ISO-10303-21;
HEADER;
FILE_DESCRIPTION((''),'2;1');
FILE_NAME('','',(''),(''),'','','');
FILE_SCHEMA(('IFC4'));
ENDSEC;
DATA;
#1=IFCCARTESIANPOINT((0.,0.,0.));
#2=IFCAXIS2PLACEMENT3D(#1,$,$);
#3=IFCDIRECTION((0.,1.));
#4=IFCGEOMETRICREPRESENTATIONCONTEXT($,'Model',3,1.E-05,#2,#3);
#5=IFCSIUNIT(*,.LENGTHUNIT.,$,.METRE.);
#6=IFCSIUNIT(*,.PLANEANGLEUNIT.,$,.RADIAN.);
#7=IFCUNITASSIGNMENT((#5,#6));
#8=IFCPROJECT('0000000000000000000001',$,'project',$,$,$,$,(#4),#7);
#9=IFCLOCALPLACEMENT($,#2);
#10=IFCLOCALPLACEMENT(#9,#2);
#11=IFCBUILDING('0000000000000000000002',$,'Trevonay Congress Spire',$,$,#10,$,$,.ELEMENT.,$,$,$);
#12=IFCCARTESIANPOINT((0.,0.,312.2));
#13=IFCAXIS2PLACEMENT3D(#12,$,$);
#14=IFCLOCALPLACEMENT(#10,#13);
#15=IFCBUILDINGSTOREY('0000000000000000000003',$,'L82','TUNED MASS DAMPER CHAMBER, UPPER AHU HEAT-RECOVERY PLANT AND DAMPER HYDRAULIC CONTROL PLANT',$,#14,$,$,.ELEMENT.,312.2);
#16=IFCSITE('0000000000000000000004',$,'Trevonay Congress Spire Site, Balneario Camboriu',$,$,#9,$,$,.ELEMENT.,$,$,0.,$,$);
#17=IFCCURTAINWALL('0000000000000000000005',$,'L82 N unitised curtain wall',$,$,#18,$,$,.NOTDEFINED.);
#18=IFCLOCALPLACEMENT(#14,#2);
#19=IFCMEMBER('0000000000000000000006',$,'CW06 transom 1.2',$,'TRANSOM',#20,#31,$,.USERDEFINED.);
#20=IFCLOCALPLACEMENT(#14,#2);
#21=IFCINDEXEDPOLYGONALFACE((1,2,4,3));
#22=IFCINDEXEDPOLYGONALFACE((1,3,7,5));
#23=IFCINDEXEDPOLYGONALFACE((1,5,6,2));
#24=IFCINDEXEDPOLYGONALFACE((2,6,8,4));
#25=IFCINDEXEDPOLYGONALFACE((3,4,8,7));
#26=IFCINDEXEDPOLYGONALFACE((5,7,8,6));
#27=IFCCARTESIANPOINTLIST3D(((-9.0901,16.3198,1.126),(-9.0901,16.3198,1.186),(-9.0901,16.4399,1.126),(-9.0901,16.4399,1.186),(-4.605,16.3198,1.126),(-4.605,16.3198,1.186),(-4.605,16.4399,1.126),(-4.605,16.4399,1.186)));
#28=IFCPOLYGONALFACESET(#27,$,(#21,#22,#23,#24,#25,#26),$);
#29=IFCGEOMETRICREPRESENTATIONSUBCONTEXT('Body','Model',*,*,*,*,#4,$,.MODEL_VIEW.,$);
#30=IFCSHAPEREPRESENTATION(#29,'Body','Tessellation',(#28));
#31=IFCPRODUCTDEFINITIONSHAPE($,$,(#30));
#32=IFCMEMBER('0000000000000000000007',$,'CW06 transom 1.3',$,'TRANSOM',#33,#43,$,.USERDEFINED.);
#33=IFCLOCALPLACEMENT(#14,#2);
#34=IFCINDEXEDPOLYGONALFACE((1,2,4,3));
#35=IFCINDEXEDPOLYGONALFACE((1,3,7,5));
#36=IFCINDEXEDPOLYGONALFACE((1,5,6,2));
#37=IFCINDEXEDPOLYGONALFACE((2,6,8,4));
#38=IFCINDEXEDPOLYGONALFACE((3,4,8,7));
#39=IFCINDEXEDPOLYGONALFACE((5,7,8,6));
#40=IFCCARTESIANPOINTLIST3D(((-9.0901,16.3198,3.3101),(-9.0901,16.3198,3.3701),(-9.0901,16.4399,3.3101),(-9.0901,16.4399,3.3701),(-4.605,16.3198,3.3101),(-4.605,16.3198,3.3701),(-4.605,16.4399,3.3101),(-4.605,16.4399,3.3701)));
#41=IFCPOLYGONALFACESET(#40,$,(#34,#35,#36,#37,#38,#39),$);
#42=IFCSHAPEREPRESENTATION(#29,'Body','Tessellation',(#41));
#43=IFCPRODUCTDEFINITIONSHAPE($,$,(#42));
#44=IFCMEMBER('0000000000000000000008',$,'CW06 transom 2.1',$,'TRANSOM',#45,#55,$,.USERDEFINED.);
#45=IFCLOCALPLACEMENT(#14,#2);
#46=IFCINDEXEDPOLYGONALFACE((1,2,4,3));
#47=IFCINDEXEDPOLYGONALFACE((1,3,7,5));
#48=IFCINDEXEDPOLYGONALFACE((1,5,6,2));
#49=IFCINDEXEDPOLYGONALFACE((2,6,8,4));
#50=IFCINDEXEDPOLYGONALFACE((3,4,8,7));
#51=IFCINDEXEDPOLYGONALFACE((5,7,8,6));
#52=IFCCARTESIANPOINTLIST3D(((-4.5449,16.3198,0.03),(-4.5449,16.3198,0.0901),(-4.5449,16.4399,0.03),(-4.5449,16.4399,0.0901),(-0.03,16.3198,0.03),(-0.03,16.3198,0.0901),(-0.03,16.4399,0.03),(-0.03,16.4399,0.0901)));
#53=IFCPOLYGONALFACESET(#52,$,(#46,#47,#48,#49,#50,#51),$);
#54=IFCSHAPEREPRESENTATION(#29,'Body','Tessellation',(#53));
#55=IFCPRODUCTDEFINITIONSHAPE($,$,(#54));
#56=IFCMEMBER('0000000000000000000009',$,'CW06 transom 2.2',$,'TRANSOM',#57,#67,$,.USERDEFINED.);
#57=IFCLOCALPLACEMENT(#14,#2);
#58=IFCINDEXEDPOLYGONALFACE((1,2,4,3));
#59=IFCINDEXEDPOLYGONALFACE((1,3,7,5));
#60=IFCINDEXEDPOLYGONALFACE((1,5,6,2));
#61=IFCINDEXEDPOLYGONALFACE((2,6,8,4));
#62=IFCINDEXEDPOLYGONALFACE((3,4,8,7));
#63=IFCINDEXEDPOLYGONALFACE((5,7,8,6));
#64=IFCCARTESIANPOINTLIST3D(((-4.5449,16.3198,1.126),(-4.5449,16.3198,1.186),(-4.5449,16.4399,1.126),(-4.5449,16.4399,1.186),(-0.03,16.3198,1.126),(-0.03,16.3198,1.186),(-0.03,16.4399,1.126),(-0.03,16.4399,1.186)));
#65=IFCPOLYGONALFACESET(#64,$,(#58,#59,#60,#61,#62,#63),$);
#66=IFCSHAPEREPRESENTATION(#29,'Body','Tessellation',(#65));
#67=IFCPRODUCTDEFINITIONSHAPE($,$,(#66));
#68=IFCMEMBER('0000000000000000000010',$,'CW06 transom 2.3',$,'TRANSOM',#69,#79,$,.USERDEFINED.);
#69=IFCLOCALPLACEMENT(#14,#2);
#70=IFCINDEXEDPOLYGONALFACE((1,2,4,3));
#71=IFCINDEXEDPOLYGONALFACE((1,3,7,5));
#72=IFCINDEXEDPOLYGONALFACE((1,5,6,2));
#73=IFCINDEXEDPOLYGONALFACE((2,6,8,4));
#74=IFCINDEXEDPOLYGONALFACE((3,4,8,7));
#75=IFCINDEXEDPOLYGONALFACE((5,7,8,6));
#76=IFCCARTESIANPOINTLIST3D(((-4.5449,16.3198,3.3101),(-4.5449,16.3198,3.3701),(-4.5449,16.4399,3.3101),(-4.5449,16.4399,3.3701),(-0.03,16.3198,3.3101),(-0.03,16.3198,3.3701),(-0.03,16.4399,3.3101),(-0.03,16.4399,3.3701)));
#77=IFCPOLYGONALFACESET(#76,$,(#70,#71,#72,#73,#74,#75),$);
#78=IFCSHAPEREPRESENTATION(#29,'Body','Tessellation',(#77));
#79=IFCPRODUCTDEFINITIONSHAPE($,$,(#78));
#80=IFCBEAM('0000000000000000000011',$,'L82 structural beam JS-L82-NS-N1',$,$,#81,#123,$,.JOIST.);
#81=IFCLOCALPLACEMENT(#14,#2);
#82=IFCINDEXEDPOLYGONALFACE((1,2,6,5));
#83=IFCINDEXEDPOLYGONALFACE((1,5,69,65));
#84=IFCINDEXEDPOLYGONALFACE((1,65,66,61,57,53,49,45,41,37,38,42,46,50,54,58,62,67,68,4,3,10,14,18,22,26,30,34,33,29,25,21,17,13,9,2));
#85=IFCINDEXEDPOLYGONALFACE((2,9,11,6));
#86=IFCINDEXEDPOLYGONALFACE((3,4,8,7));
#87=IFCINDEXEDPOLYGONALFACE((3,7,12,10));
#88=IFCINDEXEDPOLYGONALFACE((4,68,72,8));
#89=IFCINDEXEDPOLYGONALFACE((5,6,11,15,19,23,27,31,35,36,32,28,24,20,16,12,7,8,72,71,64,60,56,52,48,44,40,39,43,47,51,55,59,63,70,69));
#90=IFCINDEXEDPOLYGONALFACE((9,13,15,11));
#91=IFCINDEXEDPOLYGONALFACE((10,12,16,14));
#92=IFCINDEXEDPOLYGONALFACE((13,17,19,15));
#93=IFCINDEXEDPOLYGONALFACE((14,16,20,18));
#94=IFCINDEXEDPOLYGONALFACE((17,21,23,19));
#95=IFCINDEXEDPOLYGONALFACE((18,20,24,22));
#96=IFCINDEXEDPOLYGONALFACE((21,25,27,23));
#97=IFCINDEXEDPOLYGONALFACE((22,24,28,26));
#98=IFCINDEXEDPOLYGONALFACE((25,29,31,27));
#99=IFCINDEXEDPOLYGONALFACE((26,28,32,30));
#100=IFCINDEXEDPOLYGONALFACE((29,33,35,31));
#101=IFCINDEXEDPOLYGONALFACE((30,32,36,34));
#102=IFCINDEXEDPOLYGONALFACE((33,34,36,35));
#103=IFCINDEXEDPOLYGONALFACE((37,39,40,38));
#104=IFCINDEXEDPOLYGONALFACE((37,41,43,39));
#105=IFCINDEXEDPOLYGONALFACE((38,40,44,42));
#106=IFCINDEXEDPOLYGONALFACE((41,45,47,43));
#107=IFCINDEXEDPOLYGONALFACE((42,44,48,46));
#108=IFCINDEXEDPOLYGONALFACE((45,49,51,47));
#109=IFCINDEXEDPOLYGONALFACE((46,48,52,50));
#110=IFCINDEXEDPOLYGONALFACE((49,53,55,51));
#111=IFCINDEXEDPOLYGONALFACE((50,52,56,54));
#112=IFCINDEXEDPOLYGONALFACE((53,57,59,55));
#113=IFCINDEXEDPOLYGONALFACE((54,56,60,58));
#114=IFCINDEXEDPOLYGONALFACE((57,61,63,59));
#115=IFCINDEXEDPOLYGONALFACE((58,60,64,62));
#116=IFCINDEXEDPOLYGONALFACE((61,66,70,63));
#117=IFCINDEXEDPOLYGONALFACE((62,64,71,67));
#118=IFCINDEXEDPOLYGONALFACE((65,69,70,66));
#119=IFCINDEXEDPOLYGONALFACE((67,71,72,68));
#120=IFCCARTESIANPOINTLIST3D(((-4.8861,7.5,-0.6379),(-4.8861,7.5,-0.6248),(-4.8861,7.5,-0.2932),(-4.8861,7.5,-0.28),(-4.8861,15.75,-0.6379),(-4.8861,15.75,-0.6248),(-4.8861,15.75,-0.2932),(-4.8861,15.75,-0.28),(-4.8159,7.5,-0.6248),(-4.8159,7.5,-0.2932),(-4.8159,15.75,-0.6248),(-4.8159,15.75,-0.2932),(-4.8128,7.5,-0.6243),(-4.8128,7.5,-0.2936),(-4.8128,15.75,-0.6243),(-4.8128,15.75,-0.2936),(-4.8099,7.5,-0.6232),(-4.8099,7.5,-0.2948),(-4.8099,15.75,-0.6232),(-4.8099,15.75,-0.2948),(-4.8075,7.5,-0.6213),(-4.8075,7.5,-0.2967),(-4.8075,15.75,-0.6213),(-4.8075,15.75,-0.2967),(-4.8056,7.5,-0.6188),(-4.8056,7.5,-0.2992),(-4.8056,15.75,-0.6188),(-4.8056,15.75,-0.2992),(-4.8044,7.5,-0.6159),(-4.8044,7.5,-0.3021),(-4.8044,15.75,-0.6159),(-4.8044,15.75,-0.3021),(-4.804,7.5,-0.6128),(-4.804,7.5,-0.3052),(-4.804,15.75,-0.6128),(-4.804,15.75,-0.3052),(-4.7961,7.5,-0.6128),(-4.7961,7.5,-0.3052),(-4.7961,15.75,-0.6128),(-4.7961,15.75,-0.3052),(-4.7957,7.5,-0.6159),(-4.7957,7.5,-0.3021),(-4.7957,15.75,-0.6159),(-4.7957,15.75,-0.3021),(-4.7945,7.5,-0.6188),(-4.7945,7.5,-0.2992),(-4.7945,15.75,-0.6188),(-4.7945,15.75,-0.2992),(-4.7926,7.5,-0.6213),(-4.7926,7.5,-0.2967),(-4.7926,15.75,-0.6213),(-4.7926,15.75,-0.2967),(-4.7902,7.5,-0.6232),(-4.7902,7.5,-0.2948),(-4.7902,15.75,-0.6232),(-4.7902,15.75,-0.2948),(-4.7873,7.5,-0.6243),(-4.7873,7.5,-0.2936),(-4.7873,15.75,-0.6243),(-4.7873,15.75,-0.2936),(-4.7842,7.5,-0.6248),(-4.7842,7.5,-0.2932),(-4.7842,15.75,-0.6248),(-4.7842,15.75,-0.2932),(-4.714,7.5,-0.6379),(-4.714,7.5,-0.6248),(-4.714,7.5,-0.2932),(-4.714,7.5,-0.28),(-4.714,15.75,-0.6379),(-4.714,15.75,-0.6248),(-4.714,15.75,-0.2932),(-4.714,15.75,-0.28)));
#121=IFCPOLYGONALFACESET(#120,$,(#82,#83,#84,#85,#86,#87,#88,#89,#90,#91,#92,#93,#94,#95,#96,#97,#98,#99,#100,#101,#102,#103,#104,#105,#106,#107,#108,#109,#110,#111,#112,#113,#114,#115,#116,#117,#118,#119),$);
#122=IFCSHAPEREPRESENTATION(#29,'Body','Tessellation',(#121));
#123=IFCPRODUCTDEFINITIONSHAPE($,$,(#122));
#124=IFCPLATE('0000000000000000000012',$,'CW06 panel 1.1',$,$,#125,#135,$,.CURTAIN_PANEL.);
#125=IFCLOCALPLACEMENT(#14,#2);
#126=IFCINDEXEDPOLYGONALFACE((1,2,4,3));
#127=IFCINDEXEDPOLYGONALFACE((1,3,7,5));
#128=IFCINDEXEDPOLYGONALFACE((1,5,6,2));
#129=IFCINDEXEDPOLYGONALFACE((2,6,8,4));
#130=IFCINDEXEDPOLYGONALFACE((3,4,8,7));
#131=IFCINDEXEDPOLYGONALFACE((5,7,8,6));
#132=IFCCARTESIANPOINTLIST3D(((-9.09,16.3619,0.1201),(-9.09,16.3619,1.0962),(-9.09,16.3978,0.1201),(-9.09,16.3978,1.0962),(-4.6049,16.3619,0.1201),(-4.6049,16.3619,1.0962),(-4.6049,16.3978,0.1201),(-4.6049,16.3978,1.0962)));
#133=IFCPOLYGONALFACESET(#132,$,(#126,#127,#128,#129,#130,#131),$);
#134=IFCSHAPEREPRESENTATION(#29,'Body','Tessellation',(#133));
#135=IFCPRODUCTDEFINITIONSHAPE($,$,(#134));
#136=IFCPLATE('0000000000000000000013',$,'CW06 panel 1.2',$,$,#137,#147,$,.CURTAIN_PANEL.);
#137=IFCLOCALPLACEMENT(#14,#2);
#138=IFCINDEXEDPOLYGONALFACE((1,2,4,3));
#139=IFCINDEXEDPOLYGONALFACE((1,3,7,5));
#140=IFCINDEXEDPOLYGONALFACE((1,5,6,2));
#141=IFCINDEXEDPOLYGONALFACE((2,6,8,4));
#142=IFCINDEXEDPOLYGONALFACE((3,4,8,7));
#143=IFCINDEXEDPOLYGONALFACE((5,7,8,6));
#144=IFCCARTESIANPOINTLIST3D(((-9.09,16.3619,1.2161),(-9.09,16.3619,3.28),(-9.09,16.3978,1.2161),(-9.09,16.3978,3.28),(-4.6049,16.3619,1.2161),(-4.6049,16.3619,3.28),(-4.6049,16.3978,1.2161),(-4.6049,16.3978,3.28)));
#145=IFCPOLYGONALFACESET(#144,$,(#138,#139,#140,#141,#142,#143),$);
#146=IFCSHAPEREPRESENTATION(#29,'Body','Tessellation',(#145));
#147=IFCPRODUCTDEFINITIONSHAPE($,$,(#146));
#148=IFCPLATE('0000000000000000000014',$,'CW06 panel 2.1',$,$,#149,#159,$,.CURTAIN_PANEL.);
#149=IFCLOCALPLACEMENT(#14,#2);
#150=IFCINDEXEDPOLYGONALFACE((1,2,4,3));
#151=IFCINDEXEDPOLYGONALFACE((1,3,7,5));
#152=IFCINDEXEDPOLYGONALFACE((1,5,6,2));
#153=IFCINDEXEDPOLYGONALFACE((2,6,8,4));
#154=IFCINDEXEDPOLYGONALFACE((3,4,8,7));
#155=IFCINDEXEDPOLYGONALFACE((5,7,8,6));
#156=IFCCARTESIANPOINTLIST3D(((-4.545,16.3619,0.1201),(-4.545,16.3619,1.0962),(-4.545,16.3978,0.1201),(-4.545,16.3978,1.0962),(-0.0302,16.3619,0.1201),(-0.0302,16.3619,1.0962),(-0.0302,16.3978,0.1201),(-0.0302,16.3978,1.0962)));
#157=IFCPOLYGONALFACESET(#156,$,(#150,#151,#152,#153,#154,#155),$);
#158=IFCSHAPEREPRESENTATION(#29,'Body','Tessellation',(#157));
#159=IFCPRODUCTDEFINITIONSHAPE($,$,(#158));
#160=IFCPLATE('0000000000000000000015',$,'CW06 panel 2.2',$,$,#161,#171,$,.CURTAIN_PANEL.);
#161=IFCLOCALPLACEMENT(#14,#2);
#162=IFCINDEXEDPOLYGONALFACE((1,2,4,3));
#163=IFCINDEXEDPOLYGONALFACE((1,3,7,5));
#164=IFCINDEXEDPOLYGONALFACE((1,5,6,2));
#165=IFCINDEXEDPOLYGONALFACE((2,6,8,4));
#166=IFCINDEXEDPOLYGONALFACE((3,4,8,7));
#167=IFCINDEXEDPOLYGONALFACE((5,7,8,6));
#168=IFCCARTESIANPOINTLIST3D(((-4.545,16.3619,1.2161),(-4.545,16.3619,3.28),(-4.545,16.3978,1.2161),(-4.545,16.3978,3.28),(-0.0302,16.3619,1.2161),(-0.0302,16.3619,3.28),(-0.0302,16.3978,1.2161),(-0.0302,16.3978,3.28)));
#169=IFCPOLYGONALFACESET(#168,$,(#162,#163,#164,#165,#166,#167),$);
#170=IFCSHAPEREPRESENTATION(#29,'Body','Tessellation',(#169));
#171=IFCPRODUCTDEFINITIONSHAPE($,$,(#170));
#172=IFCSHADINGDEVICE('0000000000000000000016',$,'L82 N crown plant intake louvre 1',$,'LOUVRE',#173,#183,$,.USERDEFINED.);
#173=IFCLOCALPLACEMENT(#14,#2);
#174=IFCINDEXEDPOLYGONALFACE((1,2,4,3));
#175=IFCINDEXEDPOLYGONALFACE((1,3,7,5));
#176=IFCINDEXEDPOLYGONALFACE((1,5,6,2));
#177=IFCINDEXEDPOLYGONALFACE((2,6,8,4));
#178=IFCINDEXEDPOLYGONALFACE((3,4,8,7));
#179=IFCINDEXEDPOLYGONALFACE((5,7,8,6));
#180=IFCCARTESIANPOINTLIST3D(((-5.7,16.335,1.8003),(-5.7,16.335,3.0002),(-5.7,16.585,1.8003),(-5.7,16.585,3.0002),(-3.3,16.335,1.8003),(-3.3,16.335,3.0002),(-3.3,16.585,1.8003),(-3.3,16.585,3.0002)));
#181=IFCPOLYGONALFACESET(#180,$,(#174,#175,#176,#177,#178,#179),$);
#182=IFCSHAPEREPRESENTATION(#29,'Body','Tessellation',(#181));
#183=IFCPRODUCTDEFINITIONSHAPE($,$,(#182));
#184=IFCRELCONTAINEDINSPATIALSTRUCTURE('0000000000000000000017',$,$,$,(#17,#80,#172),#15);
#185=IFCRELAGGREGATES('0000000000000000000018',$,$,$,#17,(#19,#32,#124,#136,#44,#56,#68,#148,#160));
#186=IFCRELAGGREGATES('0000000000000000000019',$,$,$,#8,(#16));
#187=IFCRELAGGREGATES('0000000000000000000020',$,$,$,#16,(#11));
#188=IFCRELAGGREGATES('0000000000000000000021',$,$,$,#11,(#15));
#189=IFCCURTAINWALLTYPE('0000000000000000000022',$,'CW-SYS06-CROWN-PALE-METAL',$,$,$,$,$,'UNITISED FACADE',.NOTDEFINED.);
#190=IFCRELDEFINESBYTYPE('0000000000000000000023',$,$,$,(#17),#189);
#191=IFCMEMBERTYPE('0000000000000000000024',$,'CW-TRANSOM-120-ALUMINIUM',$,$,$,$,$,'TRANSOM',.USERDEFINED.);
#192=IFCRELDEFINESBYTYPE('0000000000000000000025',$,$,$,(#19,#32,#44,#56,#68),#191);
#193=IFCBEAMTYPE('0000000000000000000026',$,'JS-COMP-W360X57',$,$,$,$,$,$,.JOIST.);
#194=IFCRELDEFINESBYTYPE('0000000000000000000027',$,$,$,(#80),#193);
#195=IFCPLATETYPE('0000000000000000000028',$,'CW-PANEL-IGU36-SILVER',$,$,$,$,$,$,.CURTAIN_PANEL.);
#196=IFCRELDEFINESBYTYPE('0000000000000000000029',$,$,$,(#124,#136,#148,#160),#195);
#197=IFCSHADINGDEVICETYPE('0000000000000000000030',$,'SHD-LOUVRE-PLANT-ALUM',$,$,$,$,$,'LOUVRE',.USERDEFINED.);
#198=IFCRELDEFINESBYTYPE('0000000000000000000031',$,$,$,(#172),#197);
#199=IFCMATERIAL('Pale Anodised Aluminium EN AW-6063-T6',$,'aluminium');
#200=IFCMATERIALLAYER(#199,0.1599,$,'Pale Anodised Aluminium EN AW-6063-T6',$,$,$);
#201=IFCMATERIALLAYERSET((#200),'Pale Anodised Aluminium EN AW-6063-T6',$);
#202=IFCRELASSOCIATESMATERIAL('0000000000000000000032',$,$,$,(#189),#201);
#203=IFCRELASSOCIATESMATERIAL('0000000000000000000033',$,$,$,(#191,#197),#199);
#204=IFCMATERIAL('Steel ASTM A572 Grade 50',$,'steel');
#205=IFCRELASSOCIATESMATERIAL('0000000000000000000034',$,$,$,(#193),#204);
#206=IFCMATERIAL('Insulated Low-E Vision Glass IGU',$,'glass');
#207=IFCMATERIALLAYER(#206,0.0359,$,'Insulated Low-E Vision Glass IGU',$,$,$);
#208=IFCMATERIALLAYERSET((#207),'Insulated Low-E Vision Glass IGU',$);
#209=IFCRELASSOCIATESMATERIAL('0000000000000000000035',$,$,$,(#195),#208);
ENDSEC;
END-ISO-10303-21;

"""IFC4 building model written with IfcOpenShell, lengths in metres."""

from ifc_helpers import new_model, si_unit, direction, frame, origin, origin_2d, place, context, subcontext, project, spatial, rectangle, i_section, extrude, material, layer, layer_set, material_profile, profile_set, type_object, element, aggregate, save


model = new_model("IFC4")

# Units and contexts
model_context = context("Model", 3, precision=1e-05, world=origin(), true_north=direction((0.0, 1.0)))
body_context = subcontext(model_context, "Body", "Model", "MODEL_VIEW")
ifc_project = project(units=[si_unit("LENGTHUNIT", "METRE"), si_unit("PLANEANGLEUNIT", "RADIAN")], contexts=[model_context])

# Site, building, storey
site_placement = place(None, origin())
site = spatial("IfcSite", under=ifc_project, at=site_placement, Name="Trevonay Congress Spire Site, Balneario Camboriu", CompositionType="ELEMENT", RefElevation=0.0)
building_placement = place(site_placement, origin())
building = spatial("IfcBuilding", under=site, at=building_placement, Name="Trevonay Congress Spire", CompositionType="ELEMENT")
storey_placement = place(building_placement, frame((0.0, 0.0, 312.2)))
storey = spatial("IfcBuildingStorey", under=building, at=storey_placement, Name="L82", Description="TUNED MASS DAMPER CHAMBER, UPPER AHU HEAT-RECOVERY PLANT AND DAMPER HYDRAULIC CONTROL PLANT", CompositionType="ELEMENT", Elevation=312.2)

# Shared definitions
ifc_material_1 = material(Name="Steel ASTM A572 Grade 50", Category="steel")

# Curtain wall, members
ifc_material_2 = material(Name="Pale Anodised Aluminium EN AW-6063-T6", Category="aluminium")
ifc_layer_1 = layer(ifc_material_2, 0.1599, Name="Pale Anodised Aluminium EN AW-6063-T6")
ifc_layer_set_1 = layer_set([ifc_layer_1], Name="Pale Anodised Aluminium EN AW-6063-T6")
curtain_wall_type = type_object("IfcCurtainWallType", Name="CW-SYS06-CROWN-PALE-METAL", ElementType="UNITISED FACADE", PredefinedType="NOTDEFINED", material=ifc_layer_set_1)
curtain_wall_placement = place(storey_placement, origin())
curtain_wall = element("IfcCurtainWall", 1, at=curtain_wall_placement, inside=storey, type_object=curtain_wall_type, Name="L82 N unitised curtain wall", PredefinedType="NOTDEFINED")
ifc_material_profile_1 = material_profile(ifc_material_2, rectangle(XDim=0.1201, YDim=0.0601, at=origin_2d()), Name="CW-TRANSOM-120-ALUMINIUM")
ifc_profile_set_1 = profile_set([ifc_material_profile_1], Name="Pale Anodised Aluminium EN AW-6063-T6")
member_type_1 = type_object("IfcMemberType", Name="CW-TRANSOM-120-ALUMINIUM", ElementType="TRANSOM", PredefinedType="USERDEFINED", material=ifc_profile_set_1)
member_1_placement = place(storey_placement, frame((-9.0901, 16.3799, 1.156), z_axis=(1.0, 0.0, 0.0), x_axis=(0.0, 1.0, 0.0)))
member_1 = element("IfcMember", 2, at=member_1_placement, type_object=member_type_1, Name="CW06 transom 1.2", ObjectType="TRANSOM", PredefinedType="USERDEFINED", context=body_context, shape_type="SweptSolid", body=[
    extrude(rectangle(XDim=0.1201, YDim=0.0601, at=origin_2d()), origin(), (0.0, 0.0, 1.0), 4.4851),
])
member_2_placement = place(storey_placement, frame((-9.0901, 16.3799, 3.3401), z_axis=(1.0, 0.0, 0.0), x_axis=(0.0, 1.0, 0.0)))
member_2 = element("IfcMember", 3, at=member_2_placement, type_object=member_type_1, Name="CW06 transom 1.3", ObjectType="TRANSOM", PredefinedType="USERDEFINED", context=body_context, shape_type="SweptSolid", body=[
    extrude(rectangle(XDim=0.1201, YDim=0.0601, at=origin_2d()), origin(), (0.0, 0.0, 1.0), 4.4851),
])
member_3_placement = place(storey_placement, frame((-4.5449, 16.3799, 0.0601), z_axis=(1.0, 0.0, 0.0), x_axis=(0.0, 1.0, 0.0)))
member_3 = element("IfcMember", 4, at=member_3_placement, type_object=member_type_1, Name="CW06 transom 2.1", ObjectType="TRANSOM", PredefinedType="USERDEFINED", context=body_context, shape_type="SweptSolid", body=[
    extrude(rectangle(XDim=0.1201, YDim=0.0601, at=origin_2d()), origin(), (0.0, 0.0, 1.0), 4.5149),
])
member_4_placement = place(storey_placement, frame((-4.5449, 16.3799, 1.156), z_axis=(1.0, 0.0, 0.0), x_axis=(0.0, 1.0, 0.0)))
member_4 = element("IfcMember", 5, at=member_4_placement, type_object=member_type_1, Name="CW06 transom 2.2", ObjectType="TRANSOM", PredefinedType="USERDEFINED", context=body_context, shape_type="SweptSolid", body=[
    extrude(rectangle(XDim=0.1201, YDim=0.0601, at=origin_2d()), origin(), (0.0, 0.0, 1.0), 4.5149),
])
member_5_placement = place(storey_placement, frame((-4.5449, 16.3799, 3.3401), z_axis=(1.0, 0.0, 0.0), x_axis=(0.0, 1.0, 0.0)))
member_5 = element("IfcMember", 6, at=member_5_placement, type_object=member_type_1, Name="CW06 transom 2.3", ObjectType="TRANSOM", PredefinedType="USERDEFINED", context=body_context, shape_type="SweptSolid", body=[
    extrude(rectangle(XDim=0.1201, YDim=0.0601, at=origin_2d()), origin(), (0.0, 0.0, 1.0), 4.5149),
])

# Beam
ifc_material_profile_2 = material_profile(ifc_material_1, i_section(OverallWidth=0.1721, OverallDepth=0.3579, WebThickness=0.0078, FlangeThickness=0.0132, FilletRadius=0.012, at=origin_2d()), Name="W360x57.8")
ifc_profile_set_2 = profile_set([ifc_material_profile_2], Name="Steel ASTM A572 Grade 50")
beam_type_1 = type_object("IfcBeamType", Name="JS-COMP-W360X57", PredefinedType="JOIST", material=ifc_profile_set_2)
beam_1_placement = place(storey_placement, frame((-4.8, 7.5, -0.459), z_axis=(0.0, 1.0, 0.0), x_axis=(-1.0, 0.0, 0.0)))
element("IfcBeam", 7, at=beam_1_placement, inside=storey, type_object=beam_type_1, Name="L82 structural beam JS-L82-NS-N1", PredefinedType="JOIST", context=body_context, shape_type="SweptSolid", body=[
    extrude(i_section(OverallWidth=0.1721, OverallDepth=0.3579, WebThickness=0.0078, FlangeThickness=0.0132, FilletRadius=0.012, at=origin_2d()), origin(), (0.0, 0.0, 1.0), 8.25),
])

# Plates
ifc_material_3 = material(Name="Insulated Low-E Vision Glass IGU", Category="glass")
ifc_layer_2 = layer(ifc_material_3, 0.0359, Name="Insulated Low-E Vision Glass IGU")
ifc_layer_set_2 = layer_set([ifc_layer_2], Name="Insulated Low-E Vision Glass IGU")
plate_type = type_object("IfcPlateType", Name="CW-PANEL-IGU36-SILVER", PredefinedType="CURTAIN_PANEL", material=ifc_layer_set_2)
plate_1_placement = place(storey_placement, frame((-6.8474, 16.3799, 0.1201), z_axis=(0.0, 0.0, 1.0), x_axis=(1.0, 0.0, 0.0)))
plate_1 = element("IfcPlate", 8, at=plate_1_placement, type_object=plate_type, Name="CW06 panel 1.1", PredefinedType="CURTAIN_PANEL", context=body_context, shape_type="SweptSolid", body=[
    extrude(rectangle(XDim=4.4851, YDim=0.0359, at=origin_2d()), origin(), (0.0, 0.0, 1.0), 0.9761),
])
plate_2_placement = place(storey_placement, frame((-6.8474, 16.3799, 1.2161), z_axis=(0.0, 0.0, 1.0), x_axis=(1.0, 0.0, 0.0)))
plate_2 = element("IfcPlate", 9, at=plate_2_placement, type_object=plate_type, Name="CW06 panel 1.2", PredefinedType="CURTAIN_PANEL", context=body_context, shape_type="SweptSolid", body=[
    extrude(rectangle(XDim=4.4851, YDim=0.0359, at=origin_2d()), origin(), (0.0, 0.0, 1.0), 2.064),
])
plate_3_placement = place(storey_placement, frame((-2.2876, 16.3799, 0.1201), z_axis=(0.0, 0.0, 1.0), x_axis=(1.0, 0.0, 0.0)))
plate_3 = element("IfcPlate", 10, at=plate_3_placement, type_object=plate_type, Name="CW06 panel 2.1", PredefinedType="CURTAIN_PANEL", context=body_context, shape_type="SweptSolid", body=[
    extrude(rectangle(XDim=4.5149, YDim=0.0359, at=origin_2d()), origin(), (0.0, 0.0, 1.0), 0.9761),
])
plate_4_placement = place(storey_placement, frame((-2.2876, 16.3799, 1.2161), z_axis=(0.0, 0.0, 1.0), x_axis=(1.0, 0.0, 0.0)))
plate_4 = element("IfcPlate", 11, at=plate_4_placement, type_object=plate_type, Name="CW06 panel 2.2", PredefinedType="CURTAIN_PANEL", context=body_context, shape_type="SweptSolid", body=[
    extrude(rectangle(XDim=4.5149, YDim=0.0359, at=origin_2d()), origin(), (0.0, 0.0, 1.0), 2.064),
])
aggregate(curtain_wall, [member_1, member_2, plate_1, plate_2, member_3, member_4, member_5, plate_3, plate_4])

# Shading device
shading_device_type = type_object("IfcShadingDeviceType", Name="SHD-LOUVRE-PLANT-ALUM", ElementType="LOUVRE", PredefinedType="USERDEFINED", material=ifc_material_2)
shading_device_placement = place(storey_placement, frame((-4.5, 16.46, 1.8003), z_axis=(0.0, 0.0, 1.0), x_axis=(1.0, 0.0, 0.0)))
element("IfcShadingDevice", 12, at=shading_device_placement, inside=storey, type_object=shading_device_type, Name="L82 N crown plant intake louvre 1", ObjectType="LOUVRE", PredefinedType="USERDEFINED", context=body_context, shape_type="SweptSolid", body=[
    extrude(rectangle(XDim=2.3999, YDim=0.25, at=origin_2d()), origin(), (0.0, 0.0, 1.0), 1.2),
])

save(model, "model.ifc")
